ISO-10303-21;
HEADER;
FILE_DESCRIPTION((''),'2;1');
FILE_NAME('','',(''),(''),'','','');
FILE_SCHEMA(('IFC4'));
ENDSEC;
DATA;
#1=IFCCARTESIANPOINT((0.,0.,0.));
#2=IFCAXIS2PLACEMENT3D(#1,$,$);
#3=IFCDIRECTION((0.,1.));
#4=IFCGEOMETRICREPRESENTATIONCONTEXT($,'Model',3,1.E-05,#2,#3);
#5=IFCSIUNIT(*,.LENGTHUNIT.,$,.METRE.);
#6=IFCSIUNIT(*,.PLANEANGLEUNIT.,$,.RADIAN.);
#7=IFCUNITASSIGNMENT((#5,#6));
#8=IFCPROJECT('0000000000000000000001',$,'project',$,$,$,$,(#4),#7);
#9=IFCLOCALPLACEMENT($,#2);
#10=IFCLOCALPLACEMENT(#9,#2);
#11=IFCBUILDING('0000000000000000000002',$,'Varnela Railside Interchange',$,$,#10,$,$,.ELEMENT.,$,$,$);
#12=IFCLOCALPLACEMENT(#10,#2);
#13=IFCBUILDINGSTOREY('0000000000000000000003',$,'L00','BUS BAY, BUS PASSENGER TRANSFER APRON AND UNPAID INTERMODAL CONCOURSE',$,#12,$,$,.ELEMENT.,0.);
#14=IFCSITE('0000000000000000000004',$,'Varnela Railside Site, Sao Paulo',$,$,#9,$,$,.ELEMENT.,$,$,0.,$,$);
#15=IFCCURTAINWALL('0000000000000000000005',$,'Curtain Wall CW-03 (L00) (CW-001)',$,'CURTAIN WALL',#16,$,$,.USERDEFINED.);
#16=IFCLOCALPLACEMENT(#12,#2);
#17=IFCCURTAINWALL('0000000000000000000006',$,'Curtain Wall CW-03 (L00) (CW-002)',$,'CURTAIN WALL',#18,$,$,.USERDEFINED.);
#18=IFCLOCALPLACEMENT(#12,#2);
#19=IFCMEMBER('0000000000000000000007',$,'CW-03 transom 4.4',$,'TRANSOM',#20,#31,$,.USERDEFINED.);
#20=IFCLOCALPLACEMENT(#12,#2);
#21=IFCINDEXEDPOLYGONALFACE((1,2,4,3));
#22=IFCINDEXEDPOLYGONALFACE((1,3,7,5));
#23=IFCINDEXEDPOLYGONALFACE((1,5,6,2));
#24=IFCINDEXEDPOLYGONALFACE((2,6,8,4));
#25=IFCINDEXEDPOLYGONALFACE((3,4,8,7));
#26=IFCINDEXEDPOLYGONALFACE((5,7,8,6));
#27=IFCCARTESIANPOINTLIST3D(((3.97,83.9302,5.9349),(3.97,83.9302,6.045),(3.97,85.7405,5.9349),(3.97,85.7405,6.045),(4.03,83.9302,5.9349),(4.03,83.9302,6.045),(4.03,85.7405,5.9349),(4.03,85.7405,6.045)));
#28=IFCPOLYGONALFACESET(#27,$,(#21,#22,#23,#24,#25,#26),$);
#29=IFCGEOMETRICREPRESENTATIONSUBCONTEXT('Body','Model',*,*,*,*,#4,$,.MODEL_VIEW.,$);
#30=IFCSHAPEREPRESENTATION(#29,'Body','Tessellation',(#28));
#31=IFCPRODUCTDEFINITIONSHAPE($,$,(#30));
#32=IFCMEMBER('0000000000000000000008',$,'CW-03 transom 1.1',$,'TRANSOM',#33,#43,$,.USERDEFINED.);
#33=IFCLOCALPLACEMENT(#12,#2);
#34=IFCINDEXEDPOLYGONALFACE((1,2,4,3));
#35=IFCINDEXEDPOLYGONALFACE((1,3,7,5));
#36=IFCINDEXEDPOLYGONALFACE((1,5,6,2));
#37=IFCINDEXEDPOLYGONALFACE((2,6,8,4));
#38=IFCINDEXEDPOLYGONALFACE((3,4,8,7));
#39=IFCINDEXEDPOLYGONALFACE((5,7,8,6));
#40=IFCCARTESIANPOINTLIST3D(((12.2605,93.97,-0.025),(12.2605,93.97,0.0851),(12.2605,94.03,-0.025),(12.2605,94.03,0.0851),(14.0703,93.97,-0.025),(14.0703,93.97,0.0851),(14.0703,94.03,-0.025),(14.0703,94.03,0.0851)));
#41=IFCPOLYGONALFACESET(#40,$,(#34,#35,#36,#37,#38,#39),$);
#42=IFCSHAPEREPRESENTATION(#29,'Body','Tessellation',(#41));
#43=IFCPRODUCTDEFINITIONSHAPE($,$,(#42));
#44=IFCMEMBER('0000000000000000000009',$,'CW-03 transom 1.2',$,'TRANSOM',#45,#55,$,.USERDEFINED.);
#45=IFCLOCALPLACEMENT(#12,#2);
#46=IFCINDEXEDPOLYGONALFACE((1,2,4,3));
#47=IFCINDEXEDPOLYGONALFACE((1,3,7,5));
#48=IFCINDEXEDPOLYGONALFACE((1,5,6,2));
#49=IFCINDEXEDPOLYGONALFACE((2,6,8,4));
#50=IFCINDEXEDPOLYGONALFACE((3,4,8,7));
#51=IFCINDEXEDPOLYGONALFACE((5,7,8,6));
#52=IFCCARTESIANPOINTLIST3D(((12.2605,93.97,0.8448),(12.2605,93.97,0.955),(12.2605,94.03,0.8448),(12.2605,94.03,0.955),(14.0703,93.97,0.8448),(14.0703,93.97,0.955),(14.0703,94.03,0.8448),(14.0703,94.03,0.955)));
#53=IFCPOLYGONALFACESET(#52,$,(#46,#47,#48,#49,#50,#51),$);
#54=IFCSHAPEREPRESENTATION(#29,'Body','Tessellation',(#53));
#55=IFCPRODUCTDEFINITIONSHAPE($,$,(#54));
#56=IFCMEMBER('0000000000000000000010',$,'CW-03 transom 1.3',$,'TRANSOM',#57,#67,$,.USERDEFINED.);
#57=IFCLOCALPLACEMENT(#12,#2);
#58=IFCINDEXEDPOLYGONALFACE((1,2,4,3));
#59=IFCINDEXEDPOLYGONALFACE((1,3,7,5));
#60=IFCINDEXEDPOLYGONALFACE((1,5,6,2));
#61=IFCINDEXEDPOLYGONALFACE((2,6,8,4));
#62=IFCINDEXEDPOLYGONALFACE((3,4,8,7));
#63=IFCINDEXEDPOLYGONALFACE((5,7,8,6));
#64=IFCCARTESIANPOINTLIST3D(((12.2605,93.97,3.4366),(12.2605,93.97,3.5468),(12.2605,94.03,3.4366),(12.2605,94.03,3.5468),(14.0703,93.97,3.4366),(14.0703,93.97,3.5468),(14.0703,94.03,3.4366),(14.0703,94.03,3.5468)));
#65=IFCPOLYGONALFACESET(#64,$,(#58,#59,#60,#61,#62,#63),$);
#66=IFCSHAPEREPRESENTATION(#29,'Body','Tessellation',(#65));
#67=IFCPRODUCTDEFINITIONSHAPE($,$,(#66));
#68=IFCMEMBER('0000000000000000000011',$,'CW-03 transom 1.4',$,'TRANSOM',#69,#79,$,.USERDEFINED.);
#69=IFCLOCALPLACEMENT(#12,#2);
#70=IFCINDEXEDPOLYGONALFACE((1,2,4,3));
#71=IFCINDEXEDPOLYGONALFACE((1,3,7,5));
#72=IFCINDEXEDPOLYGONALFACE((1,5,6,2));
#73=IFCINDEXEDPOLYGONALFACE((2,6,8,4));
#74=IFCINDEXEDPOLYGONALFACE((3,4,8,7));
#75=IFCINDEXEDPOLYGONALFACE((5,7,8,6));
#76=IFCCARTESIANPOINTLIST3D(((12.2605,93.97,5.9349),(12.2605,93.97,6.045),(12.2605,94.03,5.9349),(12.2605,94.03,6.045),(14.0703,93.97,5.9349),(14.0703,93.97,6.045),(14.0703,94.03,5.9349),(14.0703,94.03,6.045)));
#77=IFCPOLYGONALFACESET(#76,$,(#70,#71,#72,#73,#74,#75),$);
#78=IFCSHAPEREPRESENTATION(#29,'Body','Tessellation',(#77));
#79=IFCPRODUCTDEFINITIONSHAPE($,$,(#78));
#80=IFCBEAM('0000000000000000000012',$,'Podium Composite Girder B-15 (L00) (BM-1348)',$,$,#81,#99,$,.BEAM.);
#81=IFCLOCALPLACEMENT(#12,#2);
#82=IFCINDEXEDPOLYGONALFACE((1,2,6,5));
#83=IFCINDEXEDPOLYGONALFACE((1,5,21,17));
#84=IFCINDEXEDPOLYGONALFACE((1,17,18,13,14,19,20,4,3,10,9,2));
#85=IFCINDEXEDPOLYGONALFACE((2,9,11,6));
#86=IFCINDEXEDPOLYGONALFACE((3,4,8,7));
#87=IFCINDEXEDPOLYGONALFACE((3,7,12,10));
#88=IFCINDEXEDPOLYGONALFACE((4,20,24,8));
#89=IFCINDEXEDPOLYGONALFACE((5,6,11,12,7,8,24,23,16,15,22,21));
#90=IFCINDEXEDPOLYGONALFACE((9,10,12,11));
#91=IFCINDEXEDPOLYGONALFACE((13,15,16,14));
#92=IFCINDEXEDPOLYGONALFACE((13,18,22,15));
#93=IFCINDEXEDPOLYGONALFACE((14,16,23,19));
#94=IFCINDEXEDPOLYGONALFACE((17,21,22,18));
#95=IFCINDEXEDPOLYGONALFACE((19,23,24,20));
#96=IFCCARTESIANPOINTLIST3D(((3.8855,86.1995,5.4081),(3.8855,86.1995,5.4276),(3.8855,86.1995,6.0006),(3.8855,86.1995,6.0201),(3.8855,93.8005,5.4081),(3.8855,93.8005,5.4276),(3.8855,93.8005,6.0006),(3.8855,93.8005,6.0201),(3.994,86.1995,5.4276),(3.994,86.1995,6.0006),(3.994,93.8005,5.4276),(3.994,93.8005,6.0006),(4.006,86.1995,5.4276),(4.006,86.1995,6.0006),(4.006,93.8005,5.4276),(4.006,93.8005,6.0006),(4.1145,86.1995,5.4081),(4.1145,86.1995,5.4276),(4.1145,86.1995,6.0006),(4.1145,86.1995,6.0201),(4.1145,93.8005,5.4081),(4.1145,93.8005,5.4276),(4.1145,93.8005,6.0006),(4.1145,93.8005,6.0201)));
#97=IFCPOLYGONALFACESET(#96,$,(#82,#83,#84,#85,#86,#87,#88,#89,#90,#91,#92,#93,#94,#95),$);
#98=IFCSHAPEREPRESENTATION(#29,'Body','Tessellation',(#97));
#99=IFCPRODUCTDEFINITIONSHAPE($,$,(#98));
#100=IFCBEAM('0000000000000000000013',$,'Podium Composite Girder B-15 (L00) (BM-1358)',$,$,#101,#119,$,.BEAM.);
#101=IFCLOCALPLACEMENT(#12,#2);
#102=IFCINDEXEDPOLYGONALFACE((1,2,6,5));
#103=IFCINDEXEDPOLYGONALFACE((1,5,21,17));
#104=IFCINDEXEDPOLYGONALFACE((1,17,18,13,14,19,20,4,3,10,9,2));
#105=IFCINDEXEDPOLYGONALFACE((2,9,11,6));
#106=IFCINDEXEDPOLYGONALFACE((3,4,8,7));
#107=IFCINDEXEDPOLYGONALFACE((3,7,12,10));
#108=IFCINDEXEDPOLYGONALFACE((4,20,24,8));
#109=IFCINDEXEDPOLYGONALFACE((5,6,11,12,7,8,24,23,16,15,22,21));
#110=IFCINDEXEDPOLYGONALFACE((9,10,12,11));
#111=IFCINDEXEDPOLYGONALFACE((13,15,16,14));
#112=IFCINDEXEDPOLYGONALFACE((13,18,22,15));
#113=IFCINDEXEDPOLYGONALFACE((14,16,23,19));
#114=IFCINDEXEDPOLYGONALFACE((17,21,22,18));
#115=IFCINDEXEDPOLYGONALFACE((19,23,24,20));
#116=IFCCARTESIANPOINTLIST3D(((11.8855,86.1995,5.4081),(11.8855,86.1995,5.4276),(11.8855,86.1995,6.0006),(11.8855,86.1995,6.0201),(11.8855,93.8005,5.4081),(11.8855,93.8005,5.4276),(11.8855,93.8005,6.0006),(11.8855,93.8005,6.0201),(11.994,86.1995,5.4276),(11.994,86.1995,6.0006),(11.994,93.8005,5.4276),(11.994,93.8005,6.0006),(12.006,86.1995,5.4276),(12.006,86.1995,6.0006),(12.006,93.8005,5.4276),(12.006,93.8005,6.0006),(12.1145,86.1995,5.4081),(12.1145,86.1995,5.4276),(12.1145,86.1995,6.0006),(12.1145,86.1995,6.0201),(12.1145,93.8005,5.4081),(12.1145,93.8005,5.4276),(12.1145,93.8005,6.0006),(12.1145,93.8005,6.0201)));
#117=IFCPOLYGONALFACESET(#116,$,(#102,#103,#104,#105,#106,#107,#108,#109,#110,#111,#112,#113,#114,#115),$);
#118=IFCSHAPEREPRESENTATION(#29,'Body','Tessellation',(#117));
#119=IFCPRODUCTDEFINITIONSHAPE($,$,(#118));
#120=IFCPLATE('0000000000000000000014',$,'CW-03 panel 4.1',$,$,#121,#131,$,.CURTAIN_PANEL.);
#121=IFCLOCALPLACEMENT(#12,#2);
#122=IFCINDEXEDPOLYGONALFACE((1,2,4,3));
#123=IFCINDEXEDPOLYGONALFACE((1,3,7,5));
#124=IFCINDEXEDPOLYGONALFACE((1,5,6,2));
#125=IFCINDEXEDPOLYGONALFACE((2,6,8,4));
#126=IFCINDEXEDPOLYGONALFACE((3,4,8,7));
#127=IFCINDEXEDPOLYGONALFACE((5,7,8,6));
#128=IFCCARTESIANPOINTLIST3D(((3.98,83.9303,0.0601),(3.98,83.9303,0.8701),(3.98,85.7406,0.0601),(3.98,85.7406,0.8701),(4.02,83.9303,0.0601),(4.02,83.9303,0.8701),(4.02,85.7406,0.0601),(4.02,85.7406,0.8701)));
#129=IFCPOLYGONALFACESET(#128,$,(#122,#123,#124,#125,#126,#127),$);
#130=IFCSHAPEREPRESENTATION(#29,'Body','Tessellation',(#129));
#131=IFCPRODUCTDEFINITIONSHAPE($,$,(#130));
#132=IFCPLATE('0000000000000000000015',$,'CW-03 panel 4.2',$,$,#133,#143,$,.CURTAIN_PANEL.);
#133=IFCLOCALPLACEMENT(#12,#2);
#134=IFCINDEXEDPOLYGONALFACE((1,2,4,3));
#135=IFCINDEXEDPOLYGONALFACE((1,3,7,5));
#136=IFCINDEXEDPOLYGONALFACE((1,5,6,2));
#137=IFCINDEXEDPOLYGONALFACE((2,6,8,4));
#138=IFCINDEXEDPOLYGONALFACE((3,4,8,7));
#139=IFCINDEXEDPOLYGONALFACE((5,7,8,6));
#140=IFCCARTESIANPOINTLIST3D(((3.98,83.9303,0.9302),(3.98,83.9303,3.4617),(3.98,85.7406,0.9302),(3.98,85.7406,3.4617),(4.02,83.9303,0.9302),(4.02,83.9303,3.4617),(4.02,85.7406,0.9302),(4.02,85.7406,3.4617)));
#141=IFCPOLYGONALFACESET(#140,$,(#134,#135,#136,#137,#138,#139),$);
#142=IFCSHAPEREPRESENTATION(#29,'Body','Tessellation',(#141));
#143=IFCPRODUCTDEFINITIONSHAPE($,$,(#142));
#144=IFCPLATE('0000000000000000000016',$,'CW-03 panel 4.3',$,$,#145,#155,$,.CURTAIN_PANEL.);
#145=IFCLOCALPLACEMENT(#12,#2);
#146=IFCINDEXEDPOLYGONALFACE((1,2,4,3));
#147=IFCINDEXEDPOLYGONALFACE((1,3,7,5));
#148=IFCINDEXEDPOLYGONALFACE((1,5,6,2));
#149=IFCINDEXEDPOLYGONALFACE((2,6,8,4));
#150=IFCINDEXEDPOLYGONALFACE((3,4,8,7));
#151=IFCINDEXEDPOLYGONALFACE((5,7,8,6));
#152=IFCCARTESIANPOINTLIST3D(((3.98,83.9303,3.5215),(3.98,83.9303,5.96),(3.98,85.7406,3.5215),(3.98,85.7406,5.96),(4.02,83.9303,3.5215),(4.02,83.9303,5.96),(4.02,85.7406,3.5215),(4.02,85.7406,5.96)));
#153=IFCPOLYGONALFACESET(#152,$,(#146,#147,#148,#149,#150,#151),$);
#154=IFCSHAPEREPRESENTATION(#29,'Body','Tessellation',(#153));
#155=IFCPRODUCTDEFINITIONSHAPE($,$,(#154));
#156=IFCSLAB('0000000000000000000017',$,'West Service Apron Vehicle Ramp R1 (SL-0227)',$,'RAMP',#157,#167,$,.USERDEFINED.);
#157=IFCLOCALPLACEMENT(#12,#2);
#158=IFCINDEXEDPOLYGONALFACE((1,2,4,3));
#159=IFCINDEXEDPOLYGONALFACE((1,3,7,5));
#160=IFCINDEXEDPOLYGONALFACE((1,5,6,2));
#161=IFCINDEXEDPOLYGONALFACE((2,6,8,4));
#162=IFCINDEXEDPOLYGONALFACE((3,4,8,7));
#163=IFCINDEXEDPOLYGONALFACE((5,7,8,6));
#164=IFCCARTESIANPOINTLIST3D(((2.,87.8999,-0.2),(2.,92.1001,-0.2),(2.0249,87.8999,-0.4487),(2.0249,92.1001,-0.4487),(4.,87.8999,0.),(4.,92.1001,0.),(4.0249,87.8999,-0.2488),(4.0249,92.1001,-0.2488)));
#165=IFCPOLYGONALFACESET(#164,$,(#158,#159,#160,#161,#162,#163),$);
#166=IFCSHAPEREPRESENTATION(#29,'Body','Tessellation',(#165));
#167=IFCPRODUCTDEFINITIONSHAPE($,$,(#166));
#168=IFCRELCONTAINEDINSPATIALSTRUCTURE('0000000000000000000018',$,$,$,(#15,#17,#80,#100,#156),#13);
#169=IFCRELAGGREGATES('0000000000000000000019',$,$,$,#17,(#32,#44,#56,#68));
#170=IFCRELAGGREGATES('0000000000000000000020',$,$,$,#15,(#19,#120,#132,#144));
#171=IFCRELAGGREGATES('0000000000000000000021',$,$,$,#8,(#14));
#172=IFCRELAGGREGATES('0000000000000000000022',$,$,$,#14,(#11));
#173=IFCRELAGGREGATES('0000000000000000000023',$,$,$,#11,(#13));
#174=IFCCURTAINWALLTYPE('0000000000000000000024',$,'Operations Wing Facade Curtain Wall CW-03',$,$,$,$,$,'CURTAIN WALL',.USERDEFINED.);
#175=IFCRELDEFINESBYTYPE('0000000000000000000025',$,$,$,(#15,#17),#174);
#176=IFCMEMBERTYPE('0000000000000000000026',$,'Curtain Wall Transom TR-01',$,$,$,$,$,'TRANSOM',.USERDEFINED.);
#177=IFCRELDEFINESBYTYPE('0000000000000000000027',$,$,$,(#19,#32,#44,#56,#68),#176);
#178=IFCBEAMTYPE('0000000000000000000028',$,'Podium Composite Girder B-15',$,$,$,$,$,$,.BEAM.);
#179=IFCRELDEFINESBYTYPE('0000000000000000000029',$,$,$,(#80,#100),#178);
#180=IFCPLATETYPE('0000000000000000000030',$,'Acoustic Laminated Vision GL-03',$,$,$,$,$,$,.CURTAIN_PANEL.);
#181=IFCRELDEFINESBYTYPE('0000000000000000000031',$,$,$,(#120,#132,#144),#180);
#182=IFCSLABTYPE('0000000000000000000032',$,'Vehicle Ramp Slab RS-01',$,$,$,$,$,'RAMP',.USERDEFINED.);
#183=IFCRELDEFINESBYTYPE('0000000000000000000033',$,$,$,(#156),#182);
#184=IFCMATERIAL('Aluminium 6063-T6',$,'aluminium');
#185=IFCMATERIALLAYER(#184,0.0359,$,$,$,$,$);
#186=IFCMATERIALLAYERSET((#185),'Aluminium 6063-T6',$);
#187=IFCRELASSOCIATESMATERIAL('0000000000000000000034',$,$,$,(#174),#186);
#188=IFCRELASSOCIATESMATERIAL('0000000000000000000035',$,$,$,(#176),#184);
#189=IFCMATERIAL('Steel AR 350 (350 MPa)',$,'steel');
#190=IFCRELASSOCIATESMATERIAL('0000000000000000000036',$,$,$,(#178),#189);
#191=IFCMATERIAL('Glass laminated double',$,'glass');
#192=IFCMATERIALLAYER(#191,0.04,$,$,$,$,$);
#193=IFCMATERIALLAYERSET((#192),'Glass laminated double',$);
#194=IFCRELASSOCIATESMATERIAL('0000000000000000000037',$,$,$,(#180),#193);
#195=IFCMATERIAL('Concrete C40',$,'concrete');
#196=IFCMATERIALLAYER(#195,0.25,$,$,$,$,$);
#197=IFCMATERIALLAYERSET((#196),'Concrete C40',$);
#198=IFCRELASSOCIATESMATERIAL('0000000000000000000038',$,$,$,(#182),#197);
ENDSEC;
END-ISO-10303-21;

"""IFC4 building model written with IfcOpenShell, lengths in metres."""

from ifc_helpers import new_model, si_unit, direction, frame, origin, origin_2d, place, context, subcontext, project, spatial, polyline, rectangle, i_section, outline, extrude, material, layer, layer_set, material_profile, profile_set, type_object, element, aggregate, save


model = new_model("IFC4")

# Units and contexts
model_context = context("Model", 3, precision=1e-05, world=origin(), true_north=direction((0.0, 1.0)))
body_context = subcontext(model_context, "Body", "Model", "MODEL_VIEW")
ifc_project = project(units=[si_unit("LENGTHUNIT", "METRE"), si_unit("PLANEANGLEUNIT", "RADIAN")], contexts=[model_context])

# Site, building, storey
site_placement = place(None, origin())
site = spatial("IfcSite", under=ifc_project, at=site_placement, Name="Varnela Railside Site, Sao Paulo", CompositionType="ELEMENT", RefElevation=0.0)
building_placement = place(site_placement, origin())
building = spatial("IfcBuilding", under=site, at=building_placement, Name="Varnela Railside Interchange", CompositionType="ELEMENT")
storey_placement = place(building_placement, origin())
storey = spatial("IfcBuildingStorey", under=building, at=storey_placement, Name="L00", Description="BUS BAY, BUS PASSENGER TRANSFER APRON AND UNPAID INTERMODAL CONCOURSE", CompositionType="ELEMENT", Elevation=0.0)

# Shared definitions
ifc_material_1 = material(Name="Steel AR 350 (350 MPa)", Category="steel")

# Curtain walls
ifc_material_2 = material(Name="Aluminium 6063-T6", Category="aluminium")
ifc_layer_1 = layer(ifc_material_2, 0.0359)
ifc_layer_set_1 = layer_set([ifc_layer_1], Name="Aluminium 6063-T6")
curtain_wall_type = type_object("IfcCurtainWallType", Name="Operations Wing Facade Curtain Wall CW-03", ElementType="CURTAIN WALL", PredefinedType="USERDEFINED", material=ifc_layer_set_1)
curtain_wall_1_placement = place(storey_placement, origin())
curtain_wall_1 = element("IfcCurtainWall", 1, at=curtain_wall_1_placement, inside=storey, type_object=curtain_wall_type, Name="Curtain Wall CW-03 (L00) (CW-001)", ObjectType="CURTAIN WALL", PredefinedType="USERDEFINED")
curtain_wall_2_placement = place(storey_placement, origin())
curtain_wall_2 = element("IfcCurtainWall", 2, at=curtain_wall_2_placement, inside=storey, type_object=curtain_wall_type, Name="Curtain Wall CW-03 (L00) (CW-002)", ObjectType="CURTAIN WALL", PredefinedType="USERDEFINED")

# Members
ifc_material_profile_1 = material_profile(ifc_material_2, rectangle(XDim=0.0601, YDim=0.1101, at=origin_2d()), Name="ALU 60x110")
ifc_profile_set_1 = profile_set([ifc_material_profile_1], Name="Aluminium 6063-T6")
member_type_1 = type_object("IfcMemberType", Name="Curtain Wall Transom TR-01", ElementType="TRANSOM", PredefinedType="USERDEFINED", material=ifc_profile_set_1)
member_1_placement = place(storey_placement, frame((4.0, 83.9302, 5.99), z_axis=(0.0, 1.0, 0.0), x_axis=(-1.0, 0.0, 0.0)))
member_1 = element("IfcMember", 3, at=member_1_placement, type_object=member_type_1, Name="CW-03 transom 4.4", ObjectType="TRANSOM", PredefinedType="USERDEFINED", context=body_context, shape_type="SweptSolid", body=[
    extrude(rectangle(XDim=0.0601, YDim=0.1101, at=origin_2d()), origin(), (0.0, 0.0, 1.0), 1.8103),
])
member_2_placement = place(storey_placement, frame((12.2605, 94.0, 0.03), z_axis=(1.0, 0.0, 0.0), x_axis=(0.0, 1.0, 0.0)))
member_2 = element("IfcMember", 4, at=member_2_placement, type_object=member_type_1, Name="CW-03 transom 1.1", ObjectType="TRANSOM", PredefinedType="USERDEFINED", context=body_context, shape_type="SweptSolid", body=[
    extrude(rectangle(XDim=0.0601, YDim=0.1101, at=origin_2d()), origin(), (0.0, 0.0, 1.0), 1.8098),
])
member_3_placement = place(storey_placement, frame((12.2605, 94.0, 0.8999), z_axis=(1.0, 0.0, 0.0), x_axis=(0.0, 1.0, 0.0)))
member_3 = element("IfcMember", 5, at=member_3_placement, type_object=member_type_1, Name="CW-03 transom 1.2", ObjectType="TRANSOM", PredefinedType="USERDEFINED", context=body_context, shape_type="SweptSolid", body=[
    extrude(rectangle(XDim=0.0601, YDim=0.1101, at=origin_2d()), origin(), (0.0, 0.0, 1.0), 1.8098),
])
member_4_placement = place(storey_placement, frame((12.2605, 94.0, 3.4917), z_axis=(1.0, 0.0, 0.0), x_axis=(0.0, 1.0, 0.0)))
member_4 = element("IfcMember", 6, at=member_4_placement, type_object=member_type_1, Name="CW-03 transom 1.3", ObjectType="TRANSOM", PredefinedType="USERDEFINED", context=body_context, shape_type="SweptSolid", body=[
    extrude(rectangle(XDim=0.0601, YDim=0.1101, at=origin_2d()), origin(), (0.0, 0.0, 1.0), 1.8098),
])
member_5_placement = place(storey_placement, frame((12.2605, 94.0, 5.99), z_axis=(1.0, 0.0, 0.0), x_axis=(0.0, 1.0, 0.0)))
member_5 = element("IfcMember", 7, at=member_5_placement, type_object=member_type_1, Name="CW-03 transom 1.4", ObjectType="TRANSOM", PredefinedType="USERDEFINED", context=body_context, shape_type="SweptSolid", body=[
    extrude(rectangle(XDim=0.0601, YDim=0.1101, at=origin_2d()), origin(), (0.0, 0.0, 1.0), 1.8098),
])
aggregate(curtain_wall_2, [member_2, member_3, member_4, member_5])

# Beams
ifc_material_profile_2 = material_profile(ifc_material_1, i_section(OverallWidth=0.229, OverallDepth=0.6121, WebThickness=0.012, FlangeThickness=0.0195, at=origin_2d()), Name="W610x125")
ifc_profile_set_2 = profile_set([ifc_material_profile_2], Name="Steel AR 350 (350 MPa)")
beam_type_1 = type_object("IfcBeamType", Name="Podium Composite Girder B-15", PredefinedType="BEAM", material=ifc_profile_set_2)
for number, where, z_axis, x_axis, name in (
    (8, (4.0, 86.1995, 5.7141), (0.0, 1.0, 0.0), (-1.0, 0.0, 0.0), "Podium Composite Girder B-15 (L00) (BM-1348)"),
    (9, (12.0, 86.1995, 5.7141), (0.0, 1.0, 0.0), (-1.0, 0.0, 0.0), "Podium Composite Girder B-15 (L00) (BM-1358)"),
):
    element("IfcBeam", number, at=place(storey_placement, frame(where, z_axis=z_axis, x_axis=x_axis)), inside=storey, type_object=beam_type_1, Name=name, PredefinedType="BEAM", context=body_context, shape_type="SweptSolid", body=[
        extrude(i_section(OverallWidth=0.229, OverallDepth=0.6121, WebThickness=0.012, FlangeThickness=0.0195, at=origin_2d()), origin(), (0.0, 0.0, 1.0), 7.6011),
    ])

# Plates
ifc_material_3 = material(Name="Glass laminated double", Category="glass")
ifc_layer_2 = layer(ifc_material_3, 0.04)
ifc_layer_set_2 = layer_set([ifc_layer_2], Name="Glass laminated double")
plate_type = type_object("IfcPlateType", Name="Acoustic Laminated Vision GL-03", PredefinedType="CURTAIN_PANEL", material=ifc_layer_set_2)
plate_1_placement = place(storey_placement, frame((4.0, 84.8354, 0.0601), z_axis=(0.0, 0.0, 1.0), x_axis=(0.0, 1.0, 0.0)))
plate_1 = element("IfcPlate", 10, at=plate_1_placement, type_object=plate_type, Name="CW-03 panel 4.1", PredefinedType="CURTAIN_PANEL", context=body_context, shape_type="SweptSolid", body=[
    extrude(rectangle(XDim=1.8103, YDim=0.04, at=origin_2d()), origin(), (0.0, 0.0, 1.0), 0.8101),
])
plate_2_placement = place(storey_placement, frame((4.0, 84.8354, 0.9302), z_axis=(0.0, 0.0, 1.0), x_axis=(0.0, 1.0, 0.0)))
plate_2 = element("IfcPlate", 11, at=plate_2_placement, type_object=plate_type, Name="CW-03 panel 4.2", PredefinedType="CURTAIN_PANEL", context=body_context, shape_type="SweptSolid", body=[
    extrude(rectangle(XDim=1.8103, YDim=0.04, at=origin_2d()), origin(), (0.0, 0.0, 1.0), 2.5315),
])
plate_3_placement = place(storey_placement, frame((4.0, 84.8354, 3.5215), z_axis=(0.0, 0.0, 1.0), x_axis=(0.0, 1.0, 0.0)))
plate_3 = element("IfcPlate", 12, at=plate_3_placement, type_object=plate_type, Name="CW-03 panel 4.3", PredefinedType="CURTAIN_PANEL", context=body_context, shape_type="SweptSolid", body=[
    extrude(rectangle(XDim=1.8103, YDim=0.04, at=origin_2d()), origin(), (0.0, 0.0, 1.0), 2.4385),
])
aggregate(curtain_wall_1, [member_1, plate_1, plate_2, plate_3])

# Slab
ifc_material_4 = material(Name="Concrete C40", Category="concrete")
ifc_layer_3 = layer(ifc_material_4, 0.25)
ifc_layer_set_3 = layer_set([ifc_layer_3], Name="Concrete C40")
slab_type = type_object("IfcSlabType", Name="Vehicle Ramp Slab RS-01", ElementType="RAMP", PredefinedType="USERDEFINED", material=ifc_layer_set_3)
slab_placement = place(storey_placement, frame((2.0, 87.8999, -0.2), z_axis=(-0.09948, 0.0, 0.99504), x_axis=(0.99504, 0.0, 0.09948)))
element("IfcSlab", 13, at=slab_placement, inside=storey, type_object=slab_type, Name="West Service Apron Vehicle Ramp R1 (SL-0227)", ObjectType="RAMP", PredefinedType="USERDEFINED", context=body_context, shape_type="SweptSolid", body=[
    extrude(outline(polyline([(0.0, 0.0), (2.01, 0.0), (2.01, 4.2002), (0.0, 4.2002), (0.0, 0.0)])), origin(), (0.0, 0.0, -1.0), 0.25),
])

save(model, "model.ifc")
